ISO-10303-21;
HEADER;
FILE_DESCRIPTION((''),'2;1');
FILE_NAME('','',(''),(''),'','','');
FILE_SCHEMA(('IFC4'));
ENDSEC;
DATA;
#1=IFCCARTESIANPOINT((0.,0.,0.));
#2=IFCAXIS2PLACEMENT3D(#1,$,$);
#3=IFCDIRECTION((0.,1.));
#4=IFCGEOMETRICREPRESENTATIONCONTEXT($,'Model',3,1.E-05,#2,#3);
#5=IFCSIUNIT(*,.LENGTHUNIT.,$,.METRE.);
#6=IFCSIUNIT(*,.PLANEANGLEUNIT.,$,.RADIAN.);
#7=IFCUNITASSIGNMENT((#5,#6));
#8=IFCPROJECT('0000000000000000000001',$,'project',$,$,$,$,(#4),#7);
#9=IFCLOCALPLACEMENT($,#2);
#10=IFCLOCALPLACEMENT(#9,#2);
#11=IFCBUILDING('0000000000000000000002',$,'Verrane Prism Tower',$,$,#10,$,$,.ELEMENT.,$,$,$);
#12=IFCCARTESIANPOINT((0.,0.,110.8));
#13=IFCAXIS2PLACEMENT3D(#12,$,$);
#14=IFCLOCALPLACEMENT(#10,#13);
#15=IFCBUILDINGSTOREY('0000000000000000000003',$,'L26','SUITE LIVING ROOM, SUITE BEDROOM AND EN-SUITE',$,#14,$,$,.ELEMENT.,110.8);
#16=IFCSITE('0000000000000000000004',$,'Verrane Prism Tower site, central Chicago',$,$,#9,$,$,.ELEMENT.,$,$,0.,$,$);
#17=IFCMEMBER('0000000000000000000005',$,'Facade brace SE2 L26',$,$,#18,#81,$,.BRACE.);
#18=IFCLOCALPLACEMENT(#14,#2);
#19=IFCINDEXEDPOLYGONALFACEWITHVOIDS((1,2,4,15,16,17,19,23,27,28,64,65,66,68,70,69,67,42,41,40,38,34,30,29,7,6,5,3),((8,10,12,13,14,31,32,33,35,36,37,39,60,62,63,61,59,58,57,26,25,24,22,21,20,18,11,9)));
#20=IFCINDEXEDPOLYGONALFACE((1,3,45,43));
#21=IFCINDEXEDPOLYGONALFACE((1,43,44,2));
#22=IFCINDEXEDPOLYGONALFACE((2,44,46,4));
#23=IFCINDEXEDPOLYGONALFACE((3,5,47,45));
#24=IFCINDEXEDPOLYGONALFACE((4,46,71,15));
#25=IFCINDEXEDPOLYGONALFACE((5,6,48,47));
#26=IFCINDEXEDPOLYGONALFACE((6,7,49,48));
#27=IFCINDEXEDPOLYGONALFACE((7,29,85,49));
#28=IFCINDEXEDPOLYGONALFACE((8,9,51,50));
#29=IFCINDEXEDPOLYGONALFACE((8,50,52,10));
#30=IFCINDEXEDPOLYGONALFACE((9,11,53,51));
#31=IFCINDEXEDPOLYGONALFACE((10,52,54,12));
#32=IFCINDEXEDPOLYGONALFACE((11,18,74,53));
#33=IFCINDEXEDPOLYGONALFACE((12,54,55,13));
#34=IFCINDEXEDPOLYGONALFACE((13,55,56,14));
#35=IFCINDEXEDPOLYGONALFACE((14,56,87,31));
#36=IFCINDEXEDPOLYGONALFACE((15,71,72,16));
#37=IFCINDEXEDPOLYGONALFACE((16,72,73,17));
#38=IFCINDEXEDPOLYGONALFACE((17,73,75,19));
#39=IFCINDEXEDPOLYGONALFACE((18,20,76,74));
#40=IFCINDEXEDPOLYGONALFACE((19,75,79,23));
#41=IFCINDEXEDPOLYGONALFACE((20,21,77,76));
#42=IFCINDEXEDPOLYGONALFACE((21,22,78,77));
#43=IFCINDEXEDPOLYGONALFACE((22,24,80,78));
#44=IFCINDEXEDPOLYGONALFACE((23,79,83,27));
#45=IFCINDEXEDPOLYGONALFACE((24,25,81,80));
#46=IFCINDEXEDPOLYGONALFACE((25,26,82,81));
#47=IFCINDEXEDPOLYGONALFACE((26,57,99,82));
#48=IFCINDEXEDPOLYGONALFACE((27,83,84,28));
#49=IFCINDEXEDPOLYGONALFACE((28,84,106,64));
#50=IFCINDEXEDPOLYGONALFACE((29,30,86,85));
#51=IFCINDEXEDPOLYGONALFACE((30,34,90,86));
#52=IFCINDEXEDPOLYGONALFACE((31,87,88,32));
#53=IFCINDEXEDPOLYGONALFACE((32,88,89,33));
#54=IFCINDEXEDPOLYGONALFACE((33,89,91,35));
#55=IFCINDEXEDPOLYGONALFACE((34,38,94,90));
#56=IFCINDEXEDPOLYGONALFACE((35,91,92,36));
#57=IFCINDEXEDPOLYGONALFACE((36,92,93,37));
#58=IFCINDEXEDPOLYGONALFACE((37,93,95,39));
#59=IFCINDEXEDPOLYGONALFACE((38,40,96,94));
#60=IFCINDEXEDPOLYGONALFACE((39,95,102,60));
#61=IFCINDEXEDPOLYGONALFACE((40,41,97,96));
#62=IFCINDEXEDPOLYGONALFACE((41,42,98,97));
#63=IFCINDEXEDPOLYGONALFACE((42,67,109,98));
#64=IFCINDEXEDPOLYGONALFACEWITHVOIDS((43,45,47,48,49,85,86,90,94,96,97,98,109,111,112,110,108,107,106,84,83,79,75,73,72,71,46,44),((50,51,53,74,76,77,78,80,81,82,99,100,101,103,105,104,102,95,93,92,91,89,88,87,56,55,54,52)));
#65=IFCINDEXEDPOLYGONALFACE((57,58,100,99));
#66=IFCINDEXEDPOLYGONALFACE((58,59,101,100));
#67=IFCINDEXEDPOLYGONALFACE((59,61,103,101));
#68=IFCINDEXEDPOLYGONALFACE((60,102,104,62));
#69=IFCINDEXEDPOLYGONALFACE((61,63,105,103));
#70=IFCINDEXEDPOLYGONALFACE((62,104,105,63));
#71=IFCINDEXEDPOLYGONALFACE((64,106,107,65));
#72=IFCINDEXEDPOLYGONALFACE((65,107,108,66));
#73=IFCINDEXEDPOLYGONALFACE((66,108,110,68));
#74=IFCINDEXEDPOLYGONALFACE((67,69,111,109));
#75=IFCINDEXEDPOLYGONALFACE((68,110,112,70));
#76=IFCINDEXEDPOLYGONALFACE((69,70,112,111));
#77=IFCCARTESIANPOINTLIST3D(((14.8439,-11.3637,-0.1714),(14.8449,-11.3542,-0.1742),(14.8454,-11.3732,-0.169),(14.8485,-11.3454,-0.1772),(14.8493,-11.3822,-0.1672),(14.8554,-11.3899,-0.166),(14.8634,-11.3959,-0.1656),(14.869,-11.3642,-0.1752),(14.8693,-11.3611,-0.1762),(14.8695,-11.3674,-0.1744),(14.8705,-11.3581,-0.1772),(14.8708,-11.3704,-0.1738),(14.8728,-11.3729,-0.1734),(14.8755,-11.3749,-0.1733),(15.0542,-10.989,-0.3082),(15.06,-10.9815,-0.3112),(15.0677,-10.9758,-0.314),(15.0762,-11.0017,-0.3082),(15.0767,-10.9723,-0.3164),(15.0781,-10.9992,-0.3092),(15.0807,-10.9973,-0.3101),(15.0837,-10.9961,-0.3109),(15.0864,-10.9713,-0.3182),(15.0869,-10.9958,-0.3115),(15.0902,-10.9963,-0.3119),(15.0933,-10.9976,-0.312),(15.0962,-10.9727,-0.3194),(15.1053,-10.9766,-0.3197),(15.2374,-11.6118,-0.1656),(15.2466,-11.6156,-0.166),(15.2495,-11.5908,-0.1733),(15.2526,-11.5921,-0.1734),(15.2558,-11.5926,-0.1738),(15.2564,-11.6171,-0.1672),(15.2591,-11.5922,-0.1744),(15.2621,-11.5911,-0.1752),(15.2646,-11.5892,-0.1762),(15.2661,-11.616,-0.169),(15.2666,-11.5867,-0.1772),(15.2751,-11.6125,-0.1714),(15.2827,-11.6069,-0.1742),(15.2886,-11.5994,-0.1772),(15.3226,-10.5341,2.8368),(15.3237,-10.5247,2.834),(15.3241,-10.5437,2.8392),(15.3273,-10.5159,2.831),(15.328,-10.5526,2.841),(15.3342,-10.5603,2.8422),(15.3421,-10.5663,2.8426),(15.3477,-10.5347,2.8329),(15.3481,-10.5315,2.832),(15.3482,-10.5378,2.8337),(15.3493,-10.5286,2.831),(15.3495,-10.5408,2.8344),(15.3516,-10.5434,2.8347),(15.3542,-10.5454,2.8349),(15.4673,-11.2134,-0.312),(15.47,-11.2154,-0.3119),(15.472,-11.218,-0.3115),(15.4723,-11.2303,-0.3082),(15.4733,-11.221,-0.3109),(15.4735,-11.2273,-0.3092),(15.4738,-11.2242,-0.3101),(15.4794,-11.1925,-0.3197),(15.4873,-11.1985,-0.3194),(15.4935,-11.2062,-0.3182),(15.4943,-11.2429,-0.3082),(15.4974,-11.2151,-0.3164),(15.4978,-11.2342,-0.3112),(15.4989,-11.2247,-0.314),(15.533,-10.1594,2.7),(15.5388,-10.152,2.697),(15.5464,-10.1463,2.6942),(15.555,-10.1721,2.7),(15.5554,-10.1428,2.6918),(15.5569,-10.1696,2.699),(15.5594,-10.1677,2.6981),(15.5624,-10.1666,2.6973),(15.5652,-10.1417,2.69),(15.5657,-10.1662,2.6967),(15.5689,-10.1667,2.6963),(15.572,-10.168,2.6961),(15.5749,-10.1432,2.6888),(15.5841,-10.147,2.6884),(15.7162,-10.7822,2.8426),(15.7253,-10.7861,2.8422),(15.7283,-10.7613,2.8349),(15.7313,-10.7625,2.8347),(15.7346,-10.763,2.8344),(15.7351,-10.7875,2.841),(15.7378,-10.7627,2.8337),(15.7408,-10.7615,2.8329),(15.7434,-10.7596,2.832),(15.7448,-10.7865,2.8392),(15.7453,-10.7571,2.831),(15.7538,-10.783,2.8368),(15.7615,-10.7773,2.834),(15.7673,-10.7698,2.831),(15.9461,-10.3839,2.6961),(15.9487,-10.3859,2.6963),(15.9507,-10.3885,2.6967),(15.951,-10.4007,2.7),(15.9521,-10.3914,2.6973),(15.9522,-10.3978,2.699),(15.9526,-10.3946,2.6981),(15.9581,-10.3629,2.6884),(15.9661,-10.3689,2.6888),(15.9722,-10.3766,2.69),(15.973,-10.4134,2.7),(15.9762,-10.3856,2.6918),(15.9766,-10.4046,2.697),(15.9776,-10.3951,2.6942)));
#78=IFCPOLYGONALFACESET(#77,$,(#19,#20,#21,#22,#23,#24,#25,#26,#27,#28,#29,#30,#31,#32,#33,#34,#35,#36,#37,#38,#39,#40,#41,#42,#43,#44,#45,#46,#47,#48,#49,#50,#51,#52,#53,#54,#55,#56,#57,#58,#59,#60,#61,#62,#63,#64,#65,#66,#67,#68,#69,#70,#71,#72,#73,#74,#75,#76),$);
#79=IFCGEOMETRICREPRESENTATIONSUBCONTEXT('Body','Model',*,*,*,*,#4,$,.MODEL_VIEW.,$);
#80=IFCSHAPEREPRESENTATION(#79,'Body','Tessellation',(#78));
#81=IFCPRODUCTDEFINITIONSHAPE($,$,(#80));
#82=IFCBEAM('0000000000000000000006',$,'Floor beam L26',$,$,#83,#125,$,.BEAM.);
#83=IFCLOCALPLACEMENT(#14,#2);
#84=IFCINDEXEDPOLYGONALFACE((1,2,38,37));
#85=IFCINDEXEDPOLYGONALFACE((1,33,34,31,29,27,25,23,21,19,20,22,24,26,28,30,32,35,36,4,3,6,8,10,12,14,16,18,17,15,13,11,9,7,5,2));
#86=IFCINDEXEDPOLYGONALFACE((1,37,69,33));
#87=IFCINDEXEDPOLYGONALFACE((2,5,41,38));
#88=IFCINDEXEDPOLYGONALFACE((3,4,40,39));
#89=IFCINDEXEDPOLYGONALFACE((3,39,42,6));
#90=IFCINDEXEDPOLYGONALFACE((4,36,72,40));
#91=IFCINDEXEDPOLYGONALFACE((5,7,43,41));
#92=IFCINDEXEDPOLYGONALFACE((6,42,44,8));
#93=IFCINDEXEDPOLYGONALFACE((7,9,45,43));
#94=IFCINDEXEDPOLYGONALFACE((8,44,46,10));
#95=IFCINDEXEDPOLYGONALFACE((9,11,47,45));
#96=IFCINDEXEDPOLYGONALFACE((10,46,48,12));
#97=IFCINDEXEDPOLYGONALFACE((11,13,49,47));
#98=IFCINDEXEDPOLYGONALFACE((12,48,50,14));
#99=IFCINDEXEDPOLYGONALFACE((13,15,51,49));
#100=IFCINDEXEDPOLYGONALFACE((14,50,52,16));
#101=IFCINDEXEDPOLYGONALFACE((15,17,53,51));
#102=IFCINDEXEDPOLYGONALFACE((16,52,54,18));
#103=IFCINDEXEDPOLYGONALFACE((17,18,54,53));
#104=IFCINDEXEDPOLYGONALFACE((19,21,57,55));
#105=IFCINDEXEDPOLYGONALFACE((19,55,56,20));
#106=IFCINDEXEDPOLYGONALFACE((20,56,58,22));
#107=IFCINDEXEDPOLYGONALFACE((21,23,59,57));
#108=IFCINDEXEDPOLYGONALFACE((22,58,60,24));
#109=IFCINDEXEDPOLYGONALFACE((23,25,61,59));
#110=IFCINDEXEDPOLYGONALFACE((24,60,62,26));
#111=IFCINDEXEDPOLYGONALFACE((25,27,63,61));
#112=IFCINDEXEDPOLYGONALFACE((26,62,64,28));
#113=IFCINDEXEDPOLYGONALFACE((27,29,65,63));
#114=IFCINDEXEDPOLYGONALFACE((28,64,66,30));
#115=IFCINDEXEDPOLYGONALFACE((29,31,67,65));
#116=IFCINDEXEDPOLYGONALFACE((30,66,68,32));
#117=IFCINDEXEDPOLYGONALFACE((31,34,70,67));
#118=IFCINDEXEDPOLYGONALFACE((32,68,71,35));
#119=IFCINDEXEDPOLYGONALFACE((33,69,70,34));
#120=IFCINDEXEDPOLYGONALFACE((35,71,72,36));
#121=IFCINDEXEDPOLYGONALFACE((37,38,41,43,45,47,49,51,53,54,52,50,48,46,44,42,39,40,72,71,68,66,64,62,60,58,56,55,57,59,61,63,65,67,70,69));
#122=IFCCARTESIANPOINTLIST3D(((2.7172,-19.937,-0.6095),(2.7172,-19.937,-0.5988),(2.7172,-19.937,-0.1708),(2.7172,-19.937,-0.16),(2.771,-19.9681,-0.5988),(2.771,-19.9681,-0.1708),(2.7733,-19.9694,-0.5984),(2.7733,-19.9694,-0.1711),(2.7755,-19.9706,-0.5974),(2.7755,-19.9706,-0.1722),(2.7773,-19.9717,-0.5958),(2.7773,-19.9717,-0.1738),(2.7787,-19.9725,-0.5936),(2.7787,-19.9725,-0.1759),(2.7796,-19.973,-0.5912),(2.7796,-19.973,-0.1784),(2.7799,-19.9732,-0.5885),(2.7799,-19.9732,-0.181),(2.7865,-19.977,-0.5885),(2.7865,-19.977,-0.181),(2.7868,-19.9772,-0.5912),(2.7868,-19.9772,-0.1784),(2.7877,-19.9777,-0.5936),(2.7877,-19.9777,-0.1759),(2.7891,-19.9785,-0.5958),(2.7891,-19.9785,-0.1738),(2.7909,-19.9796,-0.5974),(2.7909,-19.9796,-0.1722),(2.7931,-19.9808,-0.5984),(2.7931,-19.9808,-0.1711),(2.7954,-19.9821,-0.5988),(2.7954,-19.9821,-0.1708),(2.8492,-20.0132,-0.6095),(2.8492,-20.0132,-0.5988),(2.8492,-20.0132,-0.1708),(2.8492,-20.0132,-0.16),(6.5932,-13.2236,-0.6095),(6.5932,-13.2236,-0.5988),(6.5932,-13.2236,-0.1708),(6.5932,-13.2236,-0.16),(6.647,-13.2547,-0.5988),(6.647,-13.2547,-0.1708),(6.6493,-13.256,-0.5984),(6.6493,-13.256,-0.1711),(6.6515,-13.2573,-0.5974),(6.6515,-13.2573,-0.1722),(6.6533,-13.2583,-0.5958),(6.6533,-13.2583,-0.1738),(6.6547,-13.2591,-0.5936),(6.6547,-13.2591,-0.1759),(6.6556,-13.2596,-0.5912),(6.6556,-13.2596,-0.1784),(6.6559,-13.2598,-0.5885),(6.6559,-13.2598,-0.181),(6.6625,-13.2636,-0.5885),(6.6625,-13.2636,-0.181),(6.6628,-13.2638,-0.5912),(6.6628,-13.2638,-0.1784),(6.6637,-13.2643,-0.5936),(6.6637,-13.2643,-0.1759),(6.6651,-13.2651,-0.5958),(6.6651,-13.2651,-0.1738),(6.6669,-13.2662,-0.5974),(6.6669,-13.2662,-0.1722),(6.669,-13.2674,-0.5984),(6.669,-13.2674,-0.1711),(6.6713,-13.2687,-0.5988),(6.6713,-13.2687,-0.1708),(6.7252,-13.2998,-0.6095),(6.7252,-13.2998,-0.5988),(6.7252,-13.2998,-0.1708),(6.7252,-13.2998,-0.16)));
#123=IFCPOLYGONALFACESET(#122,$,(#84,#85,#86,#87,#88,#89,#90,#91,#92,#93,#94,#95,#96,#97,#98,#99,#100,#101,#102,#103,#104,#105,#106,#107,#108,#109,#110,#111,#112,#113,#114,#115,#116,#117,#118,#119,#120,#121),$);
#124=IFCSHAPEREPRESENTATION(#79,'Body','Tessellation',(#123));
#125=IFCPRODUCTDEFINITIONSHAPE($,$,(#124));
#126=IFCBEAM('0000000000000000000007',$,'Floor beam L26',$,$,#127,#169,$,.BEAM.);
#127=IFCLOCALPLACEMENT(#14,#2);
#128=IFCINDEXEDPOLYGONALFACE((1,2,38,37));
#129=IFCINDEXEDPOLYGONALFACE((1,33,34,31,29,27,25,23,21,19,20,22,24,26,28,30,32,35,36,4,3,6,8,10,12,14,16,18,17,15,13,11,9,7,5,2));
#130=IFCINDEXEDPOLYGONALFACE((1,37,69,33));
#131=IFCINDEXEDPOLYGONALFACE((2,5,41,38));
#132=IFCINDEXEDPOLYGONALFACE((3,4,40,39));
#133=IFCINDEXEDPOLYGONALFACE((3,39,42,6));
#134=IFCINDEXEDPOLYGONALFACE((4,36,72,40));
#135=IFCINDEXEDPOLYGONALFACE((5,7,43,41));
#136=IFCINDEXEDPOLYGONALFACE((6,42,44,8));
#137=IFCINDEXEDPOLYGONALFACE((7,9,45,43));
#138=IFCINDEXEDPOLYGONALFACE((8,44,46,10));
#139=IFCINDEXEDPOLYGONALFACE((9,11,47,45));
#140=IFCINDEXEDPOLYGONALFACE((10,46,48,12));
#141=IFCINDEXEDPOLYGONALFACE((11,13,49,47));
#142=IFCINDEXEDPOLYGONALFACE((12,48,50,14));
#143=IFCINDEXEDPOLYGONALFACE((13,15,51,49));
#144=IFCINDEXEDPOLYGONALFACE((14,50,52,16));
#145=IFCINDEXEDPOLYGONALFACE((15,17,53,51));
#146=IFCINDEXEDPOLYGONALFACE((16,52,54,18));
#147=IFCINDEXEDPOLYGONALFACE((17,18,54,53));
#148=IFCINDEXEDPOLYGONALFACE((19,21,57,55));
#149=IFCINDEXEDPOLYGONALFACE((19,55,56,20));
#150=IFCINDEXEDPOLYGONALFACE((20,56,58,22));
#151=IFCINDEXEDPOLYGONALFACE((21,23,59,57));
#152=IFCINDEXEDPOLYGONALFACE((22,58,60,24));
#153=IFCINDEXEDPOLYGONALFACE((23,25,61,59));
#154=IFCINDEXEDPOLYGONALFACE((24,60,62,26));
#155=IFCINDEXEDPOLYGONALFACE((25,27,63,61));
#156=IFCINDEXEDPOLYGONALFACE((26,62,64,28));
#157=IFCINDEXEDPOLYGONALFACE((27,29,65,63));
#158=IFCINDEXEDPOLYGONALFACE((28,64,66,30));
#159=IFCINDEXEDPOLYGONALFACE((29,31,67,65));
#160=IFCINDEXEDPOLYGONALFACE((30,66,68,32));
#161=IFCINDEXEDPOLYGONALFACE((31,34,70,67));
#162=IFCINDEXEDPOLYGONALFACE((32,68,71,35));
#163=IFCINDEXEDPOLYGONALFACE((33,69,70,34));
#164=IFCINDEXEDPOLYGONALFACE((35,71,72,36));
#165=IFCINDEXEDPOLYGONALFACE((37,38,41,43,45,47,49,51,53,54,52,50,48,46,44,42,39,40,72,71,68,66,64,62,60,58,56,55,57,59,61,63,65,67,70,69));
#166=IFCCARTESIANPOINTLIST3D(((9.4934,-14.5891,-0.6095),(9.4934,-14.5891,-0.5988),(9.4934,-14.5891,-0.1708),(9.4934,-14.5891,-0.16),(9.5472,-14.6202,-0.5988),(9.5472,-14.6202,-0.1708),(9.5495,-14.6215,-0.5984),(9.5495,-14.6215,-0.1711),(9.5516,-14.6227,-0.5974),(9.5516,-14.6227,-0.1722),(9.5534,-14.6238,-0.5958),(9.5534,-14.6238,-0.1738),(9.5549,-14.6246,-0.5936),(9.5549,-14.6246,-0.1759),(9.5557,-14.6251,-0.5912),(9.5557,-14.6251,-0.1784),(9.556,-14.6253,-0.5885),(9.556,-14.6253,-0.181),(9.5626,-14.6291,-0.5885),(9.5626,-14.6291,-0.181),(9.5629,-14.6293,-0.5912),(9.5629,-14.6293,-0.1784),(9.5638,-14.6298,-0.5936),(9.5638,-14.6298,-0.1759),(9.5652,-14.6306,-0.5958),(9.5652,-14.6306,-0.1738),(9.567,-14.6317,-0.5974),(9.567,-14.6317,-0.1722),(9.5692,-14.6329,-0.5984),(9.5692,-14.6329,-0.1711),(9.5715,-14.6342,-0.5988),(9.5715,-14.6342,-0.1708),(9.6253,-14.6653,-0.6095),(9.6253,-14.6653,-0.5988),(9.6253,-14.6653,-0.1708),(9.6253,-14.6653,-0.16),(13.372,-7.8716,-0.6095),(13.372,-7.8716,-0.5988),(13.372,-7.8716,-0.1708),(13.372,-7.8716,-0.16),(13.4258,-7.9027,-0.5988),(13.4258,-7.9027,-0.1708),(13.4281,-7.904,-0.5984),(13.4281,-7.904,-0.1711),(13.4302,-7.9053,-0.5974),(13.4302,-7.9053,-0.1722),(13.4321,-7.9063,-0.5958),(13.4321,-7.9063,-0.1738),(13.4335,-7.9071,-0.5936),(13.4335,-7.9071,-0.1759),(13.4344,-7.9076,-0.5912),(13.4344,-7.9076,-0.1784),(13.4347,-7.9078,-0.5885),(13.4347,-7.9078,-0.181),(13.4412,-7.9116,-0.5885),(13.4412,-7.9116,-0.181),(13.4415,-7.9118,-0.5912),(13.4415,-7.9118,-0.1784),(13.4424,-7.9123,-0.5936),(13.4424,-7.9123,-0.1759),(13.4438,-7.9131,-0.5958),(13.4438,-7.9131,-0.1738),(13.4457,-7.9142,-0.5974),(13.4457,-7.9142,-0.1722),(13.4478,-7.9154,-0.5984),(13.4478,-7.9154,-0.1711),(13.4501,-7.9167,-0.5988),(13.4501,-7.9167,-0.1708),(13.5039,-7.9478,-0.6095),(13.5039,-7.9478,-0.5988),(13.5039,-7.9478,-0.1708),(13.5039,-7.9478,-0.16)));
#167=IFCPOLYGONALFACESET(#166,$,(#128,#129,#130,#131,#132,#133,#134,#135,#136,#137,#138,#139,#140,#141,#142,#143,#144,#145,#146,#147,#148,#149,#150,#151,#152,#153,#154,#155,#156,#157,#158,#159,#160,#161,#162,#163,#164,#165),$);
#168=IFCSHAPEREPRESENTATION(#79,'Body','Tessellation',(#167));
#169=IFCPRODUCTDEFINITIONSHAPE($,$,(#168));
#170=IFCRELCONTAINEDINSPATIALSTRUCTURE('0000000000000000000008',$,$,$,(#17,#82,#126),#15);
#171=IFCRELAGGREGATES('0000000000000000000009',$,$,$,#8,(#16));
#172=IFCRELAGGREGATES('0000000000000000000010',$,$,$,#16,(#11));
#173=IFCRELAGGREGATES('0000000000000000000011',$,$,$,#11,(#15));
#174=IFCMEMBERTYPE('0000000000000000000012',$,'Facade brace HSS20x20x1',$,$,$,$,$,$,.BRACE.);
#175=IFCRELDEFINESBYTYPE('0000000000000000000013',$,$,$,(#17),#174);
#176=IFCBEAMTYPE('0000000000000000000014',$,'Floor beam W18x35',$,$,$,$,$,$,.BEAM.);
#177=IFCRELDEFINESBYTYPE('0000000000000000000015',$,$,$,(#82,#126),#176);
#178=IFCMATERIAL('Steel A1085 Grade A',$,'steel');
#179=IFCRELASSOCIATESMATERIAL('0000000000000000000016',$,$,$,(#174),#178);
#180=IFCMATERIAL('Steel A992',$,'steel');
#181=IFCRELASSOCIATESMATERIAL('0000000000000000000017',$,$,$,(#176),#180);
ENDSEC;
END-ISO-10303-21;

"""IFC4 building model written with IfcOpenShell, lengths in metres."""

from ifc_helpers import new_model, si_unit, direction, frame, origin, origin_2d, place, context, subcontext, project, spatial, hollow_rectangle, i_section, extrude, material, material_profile, profile_set, type_object, element, save


model = new_model("IFC4")

# Units and contexts
model_context = context("Model", 3, precision=1e-05, world=origin(), true_north=direction((0.0, 1.0)))
body_context = subcontext(model_context, "Body", "Model", "MODEL_VIEW")
ifc_project = project(units=[si_unit("LENGTHUNIT", "METRE"), si_unit("PLANEANGLEUNIT", "RADIAN")], contexts=[model_context])

# Site, building, storey
site_placement = place(None, origin())
site = spatial("IfcSite", under=ifc_project, at=site_placement, Name="Verrane Prism Tower site, central Chicago", CompositionType="ELEMENT", RefElevation=0.0)
building_placement = place(site_placement, origin())
building = spatial("IfcBuilding", under=site, at=building_placement, Name="Verrane Prism Tower", CompositionType="ELEMENT")
storey_placement = place(building_placement, frame((0.0, 0.0, 110.8)))
storey = spatial("IfcBuildingStorey", under=building, at=storey_placement, Name="L26", Description="SUITE LIVING ROOM, SUITE BEDROOM AND EN-SUITE", CompositionType="ELEMENT", Elevation=110.8)

# Member
ifc_material_1 = material(Name="Steel A1085 Grade A", Category="steel")
ifc_material_profile_1 = material_profile(ifc_material_1, hollow_rectangle(XDim=0.5081, YDim=0.5081, WallThickness=0.0254, InnerFilletRadius=0.0127, OuterFilletRadius=0.0381, at=origin_2d()), Name="HSS20x20x1")
ifc_profile_set_1 = profile_set([ifc_material_profile_1], Name="Steel A1085 Grade A")
member_type_1 = type_object("IfcMemberType", Name="Facade brace HSS20x20x1", PredefinedType="BRACE", material=ifc_profile_set_1)
member_1_placement = place(storey_placement, frame((15.1714, -11.2942, -0.2427), z_axis=(0.151645, 0.262769, 0.952867), x_axis=(-0.866118, 0.49984, 0.0)))
element("IfcMember", 1, at=member_1_placement, inside=storey, type_object=member_type_1, Name="Facade brace SE2 L26", PredefinedType="BRACE", context=body_context, shape_type="SweptSolid", body=[
    extrude(hollow_rectangle(XDim=0.5081, YDim=0.5081, WallThickness=0.0254, InnerFilletRadius=0.0127, OuterFilletRadius=0.0381, at=origin_2d()), origin(), (0.0, 0.0, 1.0), 3.157),
])

# Beams
ifc_material_2 = material(Name="Steel A992", Category="steel")
ifc_material_profile_2 = material_profile(ifc_material_2, i_section(OverallWidth=0.1523, OverallDepth=0.4495, WebThickness=0.0076, FlangeThickness=0.0107, FilletRadius=0.0103, at=origin_2d()), Name="W18x35")
ifc_profile_set_2 = profile_set([ifc_material_profile_2], Name="Steel A992")
beam_type_1 = type_object("IfcBeamType", Name="Floor beam W18x35", PredefinedType="BEAM", material=ifc_profile_set_2)
beam_1_placement = place(storey_placement, frame((2.7832, -19.9751, -0.3848), z_axis=(0.500001, 0.866025, 0.0), x_axis=(-0.866025, 0.500001, 0.0)))
element("IfcBeam", 2, at=beam_1_placement, inside=storey, type_object=beam_type_1, Name="Floor beam L26", PredefinedType="BEAM", context=body_context, shape_type="SweptSolid", body=[
    extrude(i_section(OverallWidth=0.1523, OverallDepth=0.4495, WebThickness=0.0076, FlangeThickness=0.0107, FilletRadius=0.0103, at=origin_2d()), origin(), (0.0, 0.0, 1.0), 7.752),
])
for number, where, z_axis, x_axis, name in (
    (3, (9.5593, -14.6272, -0.3848), (0.500028, 0.866009, 0.0), (-0.866009, 0.500028, 0.0), "Floor beam L26"),
):
    element("IfcBeam", number, at=place(storey_placement, frame(where, z_axis=z_axis, x_axis=x_axis)), inside=storey, type_object=beam_type_1, Name=name, PredefinedType="BEAM", context=body_context, shape_type="SweptSolid", body=[
        extrude(i_section(OverallWidth=0.1523, OverallDepth=0.4495, WebThickness=0.0076, FlangeThickness=0.0107, FilletRadius=0.0103, at=origin_2d()), origin(), (0.0, 0.0, 1.0), 7.7568),
    ])

save(model, "model.ifc")
